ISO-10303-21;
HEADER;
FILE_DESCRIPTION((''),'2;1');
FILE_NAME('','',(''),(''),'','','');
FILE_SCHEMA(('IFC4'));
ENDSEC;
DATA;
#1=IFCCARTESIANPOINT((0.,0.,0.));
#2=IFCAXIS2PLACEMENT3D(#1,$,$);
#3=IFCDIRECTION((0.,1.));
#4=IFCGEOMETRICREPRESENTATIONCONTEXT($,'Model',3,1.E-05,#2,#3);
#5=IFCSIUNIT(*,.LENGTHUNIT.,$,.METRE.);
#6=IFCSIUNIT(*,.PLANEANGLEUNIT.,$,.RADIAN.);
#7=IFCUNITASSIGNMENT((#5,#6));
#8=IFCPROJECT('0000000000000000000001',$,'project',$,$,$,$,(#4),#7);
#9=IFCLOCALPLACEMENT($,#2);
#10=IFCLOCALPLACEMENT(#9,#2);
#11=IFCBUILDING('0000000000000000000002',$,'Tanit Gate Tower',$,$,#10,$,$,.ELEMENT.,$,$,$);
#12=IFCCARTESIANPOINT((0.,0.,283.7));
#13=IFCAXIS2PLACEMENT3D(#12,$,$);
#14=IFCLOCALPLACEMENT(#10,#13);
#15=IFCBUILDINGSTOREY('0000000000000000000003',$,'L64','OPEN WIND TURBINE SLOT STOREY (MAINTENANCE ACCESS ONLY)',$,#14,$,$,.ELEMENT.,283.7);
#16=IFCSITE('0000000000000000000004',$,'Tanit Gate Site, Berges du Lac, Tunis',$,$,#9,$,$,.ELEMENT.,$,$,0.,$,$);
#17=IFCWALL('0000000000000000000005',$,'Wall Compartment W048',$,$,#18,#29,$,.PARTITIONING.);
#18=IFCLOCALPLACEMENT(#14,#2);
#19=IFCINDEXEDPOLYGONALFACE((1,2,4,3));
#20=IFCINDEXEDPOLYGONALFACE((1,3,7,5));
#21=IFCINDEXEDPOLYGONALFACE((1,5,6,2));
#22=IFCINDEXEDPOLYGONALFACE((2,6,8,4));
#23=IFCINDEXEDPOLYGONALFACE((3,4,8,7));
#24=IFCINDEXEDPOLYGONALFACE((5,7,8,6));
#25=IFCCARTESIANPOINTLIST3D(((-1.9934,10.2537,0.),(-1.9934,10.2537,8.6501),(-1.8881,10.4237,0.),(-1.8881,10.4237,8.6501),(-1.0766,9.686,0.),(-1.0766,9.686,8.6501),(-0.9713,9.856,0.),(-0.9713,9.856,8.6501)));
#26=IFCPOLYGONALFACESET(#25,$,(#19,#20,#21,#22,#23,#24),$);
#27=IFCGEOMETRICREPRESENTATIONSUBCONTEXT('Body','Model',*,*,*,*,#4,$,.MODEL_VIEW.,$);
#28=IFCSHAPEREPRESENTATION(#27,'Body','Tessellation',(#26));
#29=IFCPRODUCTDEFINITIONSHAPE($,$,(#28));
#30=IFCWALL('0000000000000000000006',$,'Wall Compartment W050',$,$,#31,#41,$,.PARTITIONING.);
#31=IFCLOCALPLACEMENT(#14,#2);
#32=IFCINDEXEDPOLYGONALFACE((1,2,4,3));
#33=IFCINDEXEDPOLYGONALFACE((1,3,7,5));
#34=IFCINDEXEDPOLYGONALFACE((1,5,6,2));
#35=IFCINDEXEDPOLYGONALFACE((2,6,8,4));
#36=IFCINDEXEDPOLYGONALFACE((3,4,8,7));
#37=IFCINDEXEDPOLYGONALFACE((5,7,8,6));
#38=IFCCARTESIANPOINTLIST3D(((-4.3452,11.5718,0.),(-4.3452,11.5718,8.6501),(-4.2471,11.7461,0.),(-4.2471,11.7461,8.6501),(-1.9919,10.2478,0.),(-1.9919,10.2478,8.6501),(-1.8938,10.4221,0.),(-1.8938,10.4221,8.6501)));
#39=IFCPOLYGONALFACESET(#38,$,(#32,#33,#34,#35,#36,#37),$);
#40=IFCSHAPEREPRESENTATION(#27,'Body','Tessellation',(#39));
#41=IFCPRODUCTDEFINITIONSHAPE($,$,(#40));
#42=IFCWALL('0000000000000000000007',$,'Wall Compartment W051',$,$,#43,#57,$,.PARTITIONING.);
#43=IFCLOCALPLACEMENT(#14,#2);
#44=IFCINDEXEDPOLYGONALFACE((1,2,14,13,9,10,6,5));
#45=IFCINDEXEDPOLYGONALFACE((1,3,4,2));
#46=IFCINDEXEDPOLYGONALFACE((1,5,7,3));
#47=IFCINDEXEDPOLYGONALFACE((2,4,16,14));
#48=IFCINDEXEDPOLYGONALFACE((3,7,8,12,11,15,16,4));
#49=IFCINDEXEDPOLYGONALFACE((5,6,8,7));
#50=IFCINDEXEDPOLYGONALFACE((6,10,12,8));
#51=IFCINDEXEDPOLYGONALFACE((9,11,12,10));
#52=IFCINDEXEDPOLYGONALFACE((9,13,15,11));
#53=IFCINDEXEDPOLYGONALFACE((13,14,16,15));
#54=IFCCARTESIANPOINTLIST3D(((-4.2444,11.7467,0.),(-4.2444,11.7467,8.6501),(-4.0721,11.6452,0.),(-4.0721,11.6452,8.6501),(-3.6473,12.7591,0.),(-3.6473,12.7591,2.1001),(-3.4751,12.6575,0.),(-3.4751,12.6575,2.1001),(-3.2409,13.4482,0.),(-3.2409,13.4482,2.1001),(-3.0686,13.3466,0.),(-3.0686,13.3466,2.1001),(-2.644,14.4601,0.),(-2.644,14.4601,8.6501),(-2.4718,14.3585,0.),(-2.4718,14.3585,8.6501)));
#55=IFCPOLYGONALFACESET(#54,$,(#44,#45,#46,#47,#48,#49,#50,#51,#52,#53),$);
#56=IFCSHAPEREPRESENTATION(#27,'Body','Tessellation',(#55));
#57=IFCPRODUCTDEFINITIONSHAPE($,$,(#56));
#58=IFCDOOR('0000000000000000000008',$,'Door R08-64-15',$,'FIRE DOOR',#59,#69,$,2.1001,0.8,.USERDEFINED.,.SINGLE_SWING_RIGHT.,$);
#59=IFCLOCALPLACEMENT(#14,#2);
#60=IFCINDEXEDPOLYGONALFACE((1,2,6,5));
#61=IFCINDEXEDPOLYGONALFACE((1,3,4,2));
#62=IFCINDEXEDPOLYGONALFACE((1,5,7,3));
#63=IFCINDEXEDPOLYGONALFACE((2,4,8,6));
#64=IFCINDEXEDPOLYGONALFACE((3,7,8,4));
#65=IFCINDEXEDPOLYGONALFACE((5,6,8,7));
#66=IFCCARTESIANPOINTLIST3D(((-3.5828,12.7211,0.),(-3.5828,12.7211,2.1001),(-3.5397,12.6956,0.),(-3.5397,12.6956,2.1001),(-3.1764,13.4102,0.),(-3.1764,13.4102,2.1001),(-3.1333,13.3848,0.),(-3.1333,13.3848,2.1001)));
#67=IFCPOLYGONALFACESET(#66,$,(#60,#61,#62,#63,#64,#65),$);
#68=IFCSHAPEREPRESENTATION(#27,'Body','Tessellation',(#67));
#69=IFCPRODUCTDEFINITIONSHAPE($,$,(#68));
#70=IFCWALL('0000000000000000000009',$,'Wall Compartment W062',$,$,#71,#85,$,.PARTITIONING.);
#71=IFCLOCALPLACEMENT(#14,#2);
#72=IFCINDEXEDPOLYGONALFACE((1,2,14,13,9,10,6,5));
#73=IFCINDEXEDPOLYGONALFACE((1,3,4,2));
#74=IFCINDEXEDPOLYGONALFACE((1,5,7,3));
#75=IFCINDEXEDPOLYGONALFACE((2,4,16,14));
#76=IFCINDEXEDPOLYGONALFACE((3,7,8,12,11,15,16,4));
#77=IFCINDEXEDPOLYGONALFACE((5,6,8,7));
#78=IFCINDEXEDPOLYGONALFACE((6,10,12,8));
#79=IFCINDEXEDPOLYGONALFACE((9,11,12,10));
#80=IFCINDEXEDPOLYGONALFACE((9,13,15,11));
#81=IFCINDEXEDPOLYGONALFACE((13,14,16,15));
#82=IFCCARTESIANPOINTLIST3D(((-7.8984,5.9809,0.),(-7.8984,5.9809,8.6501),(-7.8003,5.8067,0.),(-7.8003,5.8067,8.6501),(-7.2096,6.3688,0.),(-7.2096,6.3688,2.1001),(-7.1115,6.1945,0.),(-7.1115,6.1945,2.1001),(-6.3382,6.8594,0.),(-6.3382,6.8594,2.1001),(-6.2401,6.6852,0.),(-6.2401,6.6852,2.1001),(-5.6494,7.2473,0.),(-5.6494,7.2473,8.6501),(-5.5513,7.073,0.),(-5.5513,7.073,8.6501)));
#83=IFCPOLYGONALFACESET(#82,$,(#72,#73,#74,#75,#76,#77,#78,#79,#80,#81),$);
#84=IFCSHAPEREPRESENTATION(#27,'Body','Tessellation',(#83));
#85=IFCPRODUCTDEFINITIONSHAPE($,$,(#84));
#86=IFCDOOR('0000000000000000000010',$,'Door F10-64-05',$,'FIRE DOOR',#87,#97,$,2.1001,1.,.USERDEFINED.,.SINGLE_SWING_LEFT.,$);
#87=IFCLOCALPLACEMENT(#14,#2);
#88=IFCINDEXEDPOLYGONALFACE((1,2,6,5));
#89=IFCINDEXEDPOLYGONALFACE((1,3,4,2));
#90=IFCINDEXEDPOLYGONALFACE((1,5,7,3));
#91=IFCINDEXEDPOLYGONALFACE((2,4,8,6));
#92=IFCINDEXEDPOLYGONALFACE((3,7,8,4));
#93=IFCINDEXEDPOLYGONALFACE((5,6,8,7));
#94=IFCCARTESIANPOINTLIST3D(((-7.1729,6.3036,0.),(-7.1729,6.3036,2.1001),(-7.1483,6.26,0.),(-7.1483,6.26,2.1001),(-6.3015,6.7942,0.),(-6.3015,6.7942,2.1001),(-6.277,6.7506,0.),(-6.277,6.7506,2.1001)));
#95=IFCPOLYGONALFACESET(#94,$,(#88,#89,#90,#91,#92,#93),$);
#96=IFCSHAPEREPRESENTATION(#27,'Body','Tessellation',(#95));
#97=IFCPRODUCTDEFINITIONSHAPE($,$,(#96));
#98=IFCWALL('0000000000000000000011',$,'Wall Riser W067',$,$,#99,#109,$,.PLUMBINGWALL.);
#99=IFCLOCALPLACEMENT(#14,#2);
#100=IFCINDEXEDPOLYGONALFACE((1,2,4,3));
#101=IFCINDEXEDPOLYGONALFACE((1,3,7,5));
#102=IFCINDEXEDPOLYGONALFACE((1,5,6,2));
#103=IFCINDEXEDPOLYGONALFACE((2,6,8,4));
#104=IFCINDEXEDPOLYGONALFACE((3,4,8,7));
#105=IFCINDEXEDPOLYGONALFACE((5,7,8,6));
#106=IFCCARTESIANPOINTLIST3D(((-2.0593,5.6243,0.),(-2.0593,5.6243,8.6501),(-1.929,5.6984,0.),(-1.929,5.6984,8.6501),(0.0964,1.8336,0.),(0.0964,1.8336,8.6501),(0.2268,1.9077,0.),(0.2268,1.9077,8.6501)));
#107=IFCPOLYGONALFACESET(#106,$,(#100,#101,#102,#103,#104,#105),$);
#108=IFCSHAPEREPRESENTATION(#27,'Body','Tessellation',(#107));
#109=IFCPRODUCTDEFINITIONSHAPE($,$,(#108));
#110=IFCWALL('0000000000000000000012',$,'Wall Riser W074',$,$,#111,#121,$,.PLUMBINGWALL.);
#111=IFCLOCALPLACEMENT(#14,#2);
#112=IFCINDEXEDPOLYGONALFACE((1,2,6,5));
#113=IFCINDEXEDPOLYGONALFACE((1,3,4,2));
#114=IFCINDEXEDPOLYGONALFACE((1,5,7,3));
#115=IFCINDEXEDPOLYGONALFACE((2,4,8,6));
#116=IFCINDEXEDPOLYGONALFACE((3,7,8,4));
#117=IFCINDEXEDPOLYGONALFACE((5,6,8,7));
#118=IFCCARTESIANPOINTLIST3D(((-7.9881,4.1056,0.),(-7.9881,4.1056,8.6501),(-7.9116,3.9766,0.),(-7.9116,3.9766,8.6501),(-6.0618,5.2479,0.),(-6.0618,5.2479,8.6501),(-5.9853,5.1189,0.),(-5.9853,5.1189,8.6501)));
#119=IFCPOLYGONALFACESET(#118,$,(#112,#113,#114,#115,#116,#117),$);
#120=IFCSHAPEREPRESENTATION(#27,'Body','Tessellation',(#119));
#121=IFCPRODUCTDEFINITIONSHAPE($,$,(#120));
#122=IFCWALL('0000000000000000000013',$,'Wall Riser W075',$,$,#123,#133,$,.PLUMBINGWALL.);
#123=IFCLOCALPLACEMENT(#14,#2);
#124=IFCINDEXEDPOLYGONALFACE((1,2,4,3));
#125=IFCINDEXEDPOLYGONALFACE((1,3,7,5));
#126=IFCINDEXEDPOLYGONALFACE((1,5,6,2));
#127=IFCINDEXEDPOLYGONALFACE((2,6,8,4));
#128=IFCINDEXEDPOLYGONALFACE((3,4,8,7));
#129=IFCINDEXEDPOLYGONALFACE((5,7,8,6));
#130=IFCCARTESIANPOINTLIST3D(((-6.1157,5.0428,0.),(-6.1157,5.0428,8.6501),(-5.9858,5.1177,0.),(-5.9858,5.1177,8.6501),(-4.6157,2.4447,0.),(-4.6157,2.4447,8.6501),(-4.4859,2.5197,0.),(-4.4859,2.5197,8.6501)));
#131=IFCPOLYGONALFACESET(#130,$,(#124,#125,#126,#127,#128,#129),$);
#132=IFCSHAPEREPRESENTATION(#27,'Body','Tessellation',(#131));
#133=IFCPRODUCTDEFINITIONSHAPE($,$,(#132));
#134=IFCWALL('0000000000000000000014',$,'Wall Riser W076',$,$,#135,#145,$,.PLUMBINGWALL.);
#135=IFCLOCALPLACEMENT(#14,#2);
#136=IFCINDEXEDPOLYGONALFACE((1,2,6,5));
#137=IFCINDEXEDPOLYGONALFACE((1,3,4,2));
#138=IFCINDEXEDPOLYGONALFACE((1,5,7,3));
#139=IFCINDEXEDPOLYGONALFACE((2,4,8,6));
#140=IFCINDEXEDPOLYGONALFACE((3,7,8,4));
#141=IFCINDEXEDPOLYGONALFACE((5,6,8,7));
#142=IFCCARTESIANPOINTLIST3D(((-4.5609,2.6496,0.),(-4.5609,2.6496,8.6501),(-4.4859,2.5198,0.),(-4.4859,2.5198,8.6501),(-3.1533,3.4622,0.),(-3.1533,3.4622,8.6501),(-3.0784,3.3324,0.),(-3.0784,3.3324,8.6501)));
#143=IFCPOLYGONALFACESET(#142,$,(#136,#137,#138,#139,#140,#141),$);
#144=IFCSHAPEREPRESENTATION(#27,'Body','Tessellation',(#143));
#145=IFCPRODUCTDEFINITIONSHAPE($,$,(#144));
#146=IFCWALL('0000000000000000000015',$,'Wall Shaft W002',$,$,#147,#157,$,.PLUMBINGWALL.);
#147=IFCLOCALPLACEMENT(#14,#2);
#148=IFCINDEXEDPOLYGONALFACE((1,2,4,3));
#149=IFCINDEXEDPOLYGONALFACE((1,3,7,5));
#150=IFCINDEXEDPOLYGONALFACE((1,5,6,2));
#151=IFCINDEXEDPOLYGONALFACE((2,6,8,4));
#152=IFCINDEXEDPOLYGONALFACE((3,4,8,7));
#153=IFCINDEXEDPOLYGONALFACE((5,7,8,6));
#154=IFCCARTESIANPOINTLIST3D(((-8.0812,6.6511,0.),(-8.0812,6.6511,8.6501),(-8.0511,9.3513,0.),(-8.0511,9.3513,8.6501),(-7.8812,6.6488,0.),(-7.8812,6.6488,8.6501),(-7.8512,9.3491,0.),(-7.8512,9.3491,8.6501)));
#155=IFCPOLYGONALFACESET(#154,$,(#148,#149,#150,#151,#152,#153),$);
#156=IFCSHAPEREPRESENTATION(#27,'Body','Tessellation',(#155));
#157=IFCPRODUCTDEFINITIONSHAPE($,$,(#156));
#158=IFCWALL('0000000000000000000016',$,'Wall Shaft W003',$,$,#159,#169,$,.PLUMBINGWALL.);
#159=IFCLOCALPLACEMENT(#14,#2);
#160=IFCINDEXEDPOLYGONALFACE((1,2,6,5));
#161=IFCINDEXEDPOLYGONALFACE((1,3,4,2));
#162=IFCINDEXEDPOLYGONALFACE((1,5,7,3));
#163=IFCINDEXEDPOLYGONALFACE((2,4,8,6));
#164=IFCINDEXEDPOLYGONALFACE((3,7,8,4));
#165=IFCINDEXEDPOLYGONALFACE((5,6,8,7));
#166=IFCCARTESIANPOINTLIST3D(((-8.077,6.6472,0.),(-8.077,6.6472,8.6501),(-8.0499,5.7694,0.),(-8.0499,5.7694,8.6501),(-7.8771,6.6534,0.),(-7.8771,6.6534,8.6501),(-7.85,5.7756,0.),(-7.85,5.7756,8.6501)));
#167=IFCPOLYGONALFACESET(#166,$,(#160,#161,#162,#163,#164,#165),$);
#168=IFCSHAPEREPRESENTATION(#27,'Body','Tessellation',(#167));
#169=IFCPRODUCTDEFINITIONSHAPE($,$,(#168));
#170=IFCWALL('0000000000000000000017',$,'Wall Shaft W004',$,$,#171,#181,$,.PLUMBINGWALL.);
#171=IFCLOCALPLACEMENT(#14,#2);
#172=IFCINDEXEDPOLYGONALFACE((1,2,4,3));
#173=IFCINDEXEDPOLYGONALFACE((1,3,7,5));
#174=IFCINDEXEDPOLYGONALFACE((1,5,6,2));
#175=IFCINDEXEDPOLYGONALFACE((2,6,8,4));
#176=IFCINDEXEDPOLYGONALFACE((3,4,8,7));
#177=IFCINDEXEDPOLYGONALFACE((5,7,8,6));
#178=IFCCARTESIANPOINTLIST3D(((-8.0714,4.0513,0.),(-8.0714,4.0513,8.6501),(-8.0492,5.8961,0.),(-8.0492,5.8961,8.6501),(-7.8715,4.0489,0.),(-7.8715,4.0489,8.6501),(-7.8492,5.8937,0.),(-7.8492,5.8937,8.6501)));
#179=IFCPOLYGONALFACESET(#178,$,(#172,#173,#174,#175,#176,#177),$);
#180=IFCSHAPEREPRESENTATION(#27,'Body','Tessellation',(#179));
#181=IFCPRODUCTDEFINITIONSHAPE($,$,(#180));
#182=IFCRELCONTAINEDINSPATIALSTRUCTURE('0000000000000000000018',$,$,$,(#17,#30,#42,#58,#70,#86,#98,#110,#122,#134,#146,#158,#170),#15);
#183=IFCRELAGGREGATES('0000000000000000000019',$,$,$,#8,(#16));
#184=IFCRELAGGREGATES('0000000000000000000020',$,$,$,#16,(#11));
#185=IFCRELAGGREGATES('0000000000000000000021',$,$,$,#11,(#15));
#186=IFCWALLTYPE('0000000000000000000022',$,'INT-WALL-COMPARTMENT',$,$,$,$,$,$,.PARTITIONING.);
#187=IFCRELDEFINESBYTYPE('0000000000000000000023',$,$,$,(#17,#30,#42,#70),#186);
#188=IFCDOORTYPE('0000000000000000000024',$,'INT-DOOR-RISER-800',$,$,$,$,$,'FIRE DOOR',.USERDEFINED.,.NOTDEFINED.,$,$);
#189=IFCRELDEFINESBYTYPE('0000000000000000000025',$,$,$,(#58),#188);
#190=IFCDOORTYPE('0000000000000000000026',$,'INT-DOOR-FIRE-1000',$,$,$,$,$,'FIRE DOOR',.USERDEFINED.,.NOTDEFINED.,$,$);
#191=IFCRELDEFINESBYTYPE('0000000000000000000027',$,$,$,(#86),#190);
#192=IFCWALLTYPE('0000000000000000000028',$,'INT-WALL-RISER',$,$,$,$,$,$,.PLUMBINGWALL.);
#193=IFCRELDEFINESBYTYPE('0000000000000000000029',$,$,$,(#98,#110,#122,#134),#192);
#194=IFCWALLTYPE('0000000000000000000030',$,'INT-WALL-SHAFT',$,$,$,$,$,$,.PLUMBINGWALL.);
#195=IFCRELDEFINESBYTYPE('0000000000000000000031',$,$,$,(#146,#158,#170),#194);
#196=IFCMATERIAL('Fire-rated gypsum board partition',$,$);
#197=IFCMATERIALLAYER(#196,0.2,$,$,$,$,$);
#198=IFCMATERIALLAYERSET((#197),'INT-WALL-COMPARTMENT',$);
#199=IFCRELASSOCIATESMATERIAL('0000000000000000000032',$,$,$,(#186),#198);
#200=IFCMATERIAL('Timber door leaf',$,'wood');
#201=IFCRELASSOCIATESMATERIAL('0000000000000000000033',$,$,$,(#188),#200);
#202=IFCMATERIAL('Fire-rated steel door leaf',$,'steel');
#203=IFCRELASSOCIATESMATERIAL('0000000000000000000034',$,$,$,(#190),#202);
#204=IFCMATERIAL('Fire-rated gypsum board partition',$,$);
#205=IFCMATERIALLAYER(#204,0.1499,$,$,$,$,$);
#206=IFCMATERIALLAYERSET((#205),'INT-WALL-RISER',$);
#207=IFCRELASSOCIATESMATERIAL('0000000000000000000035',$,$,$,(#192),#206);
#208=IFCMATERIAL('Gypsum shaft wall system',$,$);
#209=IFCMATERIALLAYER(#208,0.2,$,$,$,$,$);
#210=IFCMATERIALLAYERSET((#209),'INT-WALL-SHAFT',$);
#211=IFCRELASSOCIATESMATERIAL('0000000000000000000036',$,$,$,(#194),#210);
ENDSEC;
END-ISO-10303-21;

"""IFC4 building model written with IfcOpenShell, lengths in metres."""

from ifc_helpers import new_model, si_unit, direction, frame, frame_2d, origin, place, context, subcontext, project, spatial, rectangle, extrude, material, layer, layer_set, type_object, element, fill, save


model = new_model("IFC4")

# Units and contexts
model_context = context("Model", 3, precision=1e-05, world=origin(), true_north=direction((0.0, 1.0)))
body_context = subcontext(model_context, "Body", "Model", "MODEL_VIEW")
ifc_project = project(units=[si_unit("LENGTHUNIT", "METRE"), si_unit("PLANEANGLEUNIT", "RADIAN")], contexts=[model_context])

# Site, building, storey
site_placement = place(None, origin())
site = spatial("IfcSite", under=ifc_project, at=site_placement, Name="Tanit Gate Site, Berges du Lac, Tunis", CompositionType="ELEMENT", RefElevation=0.0)
building_placement = place(site_placement, origin())
building = spatial("IfcBuilding", under=site, at=building_placement, Name="Tanit Gate Tower", CompositionType="ELEMENT")
storey_placement = place(building_placement, frame((0.0, 0.0, 283.7)))
storey = spatial("IfcBuildingStorey", under=building, at=storey_placement, Name="L64", Description="OPEN WIND TURBINE SLOT STOREY (MAINTENANCE ACCESS ONLY)", CompositionType="ELEMENT", Elevation=283.7)

# Walls
ifc_material_1 = material(Name="Fire-rated gypsum board partition")
ifc_layer_1 = layer(ifc_material_1, 0.2)
ifc_layer_set_1 = layer_set([ifc_layer_1], Name="INT-WALL-COMPARTMENT")
wall_type_1 = type_object("IfcWallType", Name="INT-WALL-COMPARTMENT", PredefinedType="PARTITIONING", material=ifc_layer_set_1)
wall_1_placement = place(storey_placement, frame((-1.9407, 10.3386, 0.0), z_axis=(0.0, 0.0, 1.0), x_axis=(0.850217, -0.526433, 0.0)))
element("IfcWall", 1, at=wall_1_placement, inside=storey, type_object=wall_type_1, Name="Wall Compartment W048", PredefinedType="PARTITIONING", context=body_context, shape_type="SweptSolid", body=[
    extrude(rectangle(XDim=1.0784, YDim=0.2, at=frame_2d((0.5391, 0.0))), origin(), (0.0, 0.0, 1.0), 8.6501),
])
wall_2_placement = place(storey_placement, frame((-4.2961, 11.6589, 0.0), z_axis=(0.0, 0.0, 1.0), x_axis=(0.871534, -0.490334, 0.0)))
element("IfcWall", 2, at=wall_2_placement, inside=storey, type_object=wall_type_1, Name="Wall Compartment W050", PredefinedType="PARTITIONING", context=body_context, shape_type="SweptSolid", body=[
    extrude(rectangle(XDim=2.7002, YDim=0.2, at=frame_2d((1.3501, 0.0))), origin(), (0.0, 0.0, 1.0), 8.6501),
])

# Walls, openings, doors
wall_3_placement = place(storey_placement, frame((-2.5579, 14.4094, 0.0), z_axis=(0.0, 0.0, 1.0), x_axis=(-0.508019, -0.861346, 0.0)))
wall_3 = element("IfcWall", 3, at=wall_3_placement, inside=storey, type_object=wall_type_1, Name="Wall Compartment W051", PredefinedType="PARTITIONING", context=body_context, shape_type="SweptSolid", body=[
    extrude(rectangle(XDim=3.1501, YDim=0.2, at=frame_2d((1.5752, 0.0))), origin(), (0.0, 0.0, 1.0), 8.6501),
])
opening_1_placement = place(wall_3_placement, frame((1.175, 0.0, 0.0)))
opening_1 = element("IfcOpeningElement", 4, at=opening_1_placement, cuts=wall_3, PredefinedType="OPENING", context=body_context, shape_type="SweptSolid", body=[
    extrude(rectangle(XDim=0.8, YDim=2.1001, at=frame_2d((0.3999, 1.05))), frame((0.0, 0.1099, 0.0), z_axis=(0.0, -1.0, 0.0), x_axis=(1.0, 0.0, 0.0)), (0.0, 0.0, 1.0), 0.22),
])
ifc_material_2 = material(Name="Timber door leaf", Category="wood")
door_type_1 = type_object("IfcDoorType", Name="INT-DOOR-RISER-800", ElementType="FIRE DOOR", OperationType="NOTDEFINED", PredefinedType="USERDEFINED", material=ifc_material_2)
door_1_placement = place(opening_1_placement, origin())
door_1 = element("IfcDoor", 5, at=door_1_placement, inside=storey, type_object=door_type_1, Name="Door R08-64-15", ObjectType="FIRE DOOR", OperationType="SINGLE_SWING_RIGHT", OverallHeight=2.1001, OverallWidth=0.8, PredefinedType="USERDEFINED", context=body_context, shape_type="SweptSolid", body=[
    extrude(rectangle(XDim=0.8, YDim=2.1001, at=frame_2d((0.3999, 1.05))), frame((0.0, 0.0249, 0.0), z_axis=(0.0, -1.0, 0.0), x_axis=(1.0, 0.0, 0.0)), (0.0, 0.0, 1.0), 0.05),
])
fill(opening_1, door_1)
wall_4_placement = place(storey_placement, frame((-5.6003, 7.1602, 0.0), z_axis=(0.0, 0.0, 1.0), x_axis=(-0.871363, -0.490638, 0.0)))
wall_4 = element("IfcWall", 6, at=wall_4_placement, inside=storey, type_object=wall_type_1, Name="Wall Compartment W062", PredefinedType="PARTITIONING", context=body_context, shape_type="SweptSolid", body=[
    extrude(rectangle(XDim=2.5811, YDim=0.2, at=frame_2d((1.2905, 0.0))), origin(), (0.0, 0.0, 1.0), 8.6501),
])
opening_2_placement = place(wall_4_placement, frame((0.7905, 0.0, 0.0)))
opening_2 = element("IfcOpeningElement", 7, at=opening_2_placement, cuts=wall_4, PredefinedType="OPENING", context=body_context, shape_type="SweptSolid", body=[
    extrude(rectangle(XDim=1.0, YDim=2.1001, at=frame_2d((0.5, 1.05))), frame((0.0, 0.1099, 0.0), z_axis=(0.0, -1.0, 0.0), x_axis=(1.0, 0.0, 0.0)), (0.0, 0.0, 1.0), 0.22),
])
ifc_material_3 = material(Name="Fire-rated steel door leaf", Category="steel")
door_type_2 = type_object("IfcDoorType", Name="INT-DOOR-FIRE-1000", ElementType="FIRE DOOR", OperationType="NOTDEFINED", PredefinedType="USERDEFINED", material=ifc_material_3)
door_2_placement = place(opening_2_placement, origin())
door_2 = element("IfcDoor", 8, at=door_2_placement, inside=storey, type_object=door_type_2, Name="Door F10-64-05", ObjectType="FIRE DOOR", OperationType="SINGLE_SWING_LEFT", OverallHeight=2.1001, OverallWidth=1.0, PredefinedType="USERDEFINED", context=body_context, shape_type="SweptSolid", body=[
    extrude(rectangle(XDim=1.0, YDim=2.1001, at=frame_2d((0.5, 1.05))), frame((0.0, 0.0249, 0.0), z_axis=(0.0, -1.0, 0.0), x_axis=(1.0, 0.0, 0.0)), (0.0, 0.0, 1.0), 0.05),
])
fill(opening_2, door_2)

# Walls
ifc_material_4 = material(Name="Fire-rated gypsum board partition")
ifc_layer_2 = layer(ifc_material_4, 0.1499)
ifc_layer_set_2 = layer_set([ifc_layer_2], Name="INT-WALL-RISER")
wall_type_2 = type_object("IfcWallType", Name="INT-WALL-RISER", PredefinedType="PLUMBINGWALL", material=ifc_layer_set_2)
wall_5_placement = place(storey_placement, frame((-1.9941, 5.6614, 0.0), z_axis=(0.0, 0.0, 1.0), x_axis=(0.494341, -0.869268, 0.0)))
element("IfcWall", 9, at=wall_5_placement, inside=storey, type_object=wall_type_2, Name="Wall Riser W067", PredefinedType="PLUMBINGWALL", context=body_context, shape_type="SweptSolid", body=[
    extrude(rectangle(XDim=4.3608, YDim=0.1499, at=frame_2d((2.1804, 0.0))), origin(), (0.0, 0.0, 1.0), 8.6501),
])
wall_6_placement = place(storey_placement, frame((-6.0237, 5.1833, 0.0), z_axis=(0.0, 0.0, 1.0), x_axis=(-0.860127, -0.51008, 0.0)))
element("IfcWall", 10, at=wall_6_placement, inside=storey, type_object=wall_type_2, Name="Wall Riser W074", PredefinedType="PLUMBINGWALL", context=body_context, shape_type="SweptSolid", body=[
    extrude(rectangle(XDim=2.2395, YDim=0.1499, at=frame_2d((1.1196, 0.0))), origin(), (0.0, 0.0, 1.0), 8.6501),
])
wall_7_placement = place(storey_placement, frame((-4.5508, 2.4822, 0.0), z_axis=(0.0, 0.0, 1.0), x_axis=(-0.49999, 0.866031, 0.0)))
element("IfcWall", 11, at=wall_7_placement, inside=storey, type_object=wall_type_2, Name="Wall Riser W075", PredefinedType="PLUMBINGWALL", context=body_context, shape_type="SweptSolid", body=[
    extrude(rectangle(XDim=3.0, YDim=0.1499, at=frame_2d((1.5, 0.0))), origin(), (0.0, 0.0, 1.0), 8.6501),
])
wall_8_placement = place(storey_placement, frame((-3.116, 3.3972, 0.0), z_axis=(0.0, 0.0, 1.0), x_axis=(-0.866053, -0.499952, 0.0)))
element("IfcWall", 12, at=wall_8_placement, inside=storey, type_object=wall_type_2, Name="Wall Riser W076", PredefinedType="PLUMBINGWALL", context=body_context, shape_type="SweptSolid", body=[
    extrude(rectangle(XDim=1.6252, YDim=0.1499, at=frame_2d((0.8125, 0.0))), origin(), (0.0, 0.0, 1.0), 8.6501),
])
ifc_material_5 = material(Name="Gypsum shaft wall system")
ifc_layer_3 = layer(ifc_material_5, 0.2)
ifc_layer_set_3 = layer_set([ifc_layer_3], Name="INT-WALL-SHAFT")
wall_type_3 = type_object("IfcWallType", Name="INT-WALL-SHAFT", PredefinedType="PLUMBINGWALL", material=ifc_layer_set_3)
wall_9_placement = place(storey_placement, frame((-7.9512, 9.3501, 0.0), z_axis=(0.0, 0.0, 1.0), x_axis=(-0.01112, -0.999938, 0.0)))
element("IfcWall", 13, at=wall_9_placement, inside=storey, type_object=wall_type_3, Name="Wall Shaft W002", PredefinedType="PLUMBINGWALL", context=body_context, shape_type="SweptSolid", body=[
    extrude(rectangle(XDim=2.7004, YDim=0.2, at=frame_2d((1.3501, 0.0))), origin(), (0.0, 0.0, 1.0), 8.6501),
])
wall_10_placement = place(storey_placement, frame((-7.9771, 6.6501, 0.0), z_axis=(0.0, 0.0, 1.0), x_axis=(0.030862, -0.999524, 0.0)))
element("IfcWall", 14, at=wall_10_placement, inside=storey, type_object=wall_type_3, Name="Wall Shaft W003", PredefinedType="PLUMBINGWALL", context=body_context, shape_type="SweptSolid", body=[
    extrude(rectangle(XDim=0.8782, YDim=0.2, at=frame_2d((0.439, 0.0))), origin(), (0.0, 0.0, 1.0), 8.6501),
])
wall_11_placement = place(storey_placement, frame((-7.9492, 5.8948, 0.0), z_axis=(0.0, 0.0, 1.0), x_axis=(-0.012043, -0.999927, 0.0)))
element("IfcWall", 15, at=wall_11_placement, inside=storey, type_object=wall_type_3, Name="Wall Shaft W004", PredefinedType="PLUMBINGWALL", context=body_context, shape_type="SweptSolid", body=[
    extrude(rectangle(XDim=1.845, YDim=0.2, at=frame_2d((0.9224, 0.0))), origin(), (0.0, 0.0, 1.0), 8.6501),
])

save(model, "model.ifc")
